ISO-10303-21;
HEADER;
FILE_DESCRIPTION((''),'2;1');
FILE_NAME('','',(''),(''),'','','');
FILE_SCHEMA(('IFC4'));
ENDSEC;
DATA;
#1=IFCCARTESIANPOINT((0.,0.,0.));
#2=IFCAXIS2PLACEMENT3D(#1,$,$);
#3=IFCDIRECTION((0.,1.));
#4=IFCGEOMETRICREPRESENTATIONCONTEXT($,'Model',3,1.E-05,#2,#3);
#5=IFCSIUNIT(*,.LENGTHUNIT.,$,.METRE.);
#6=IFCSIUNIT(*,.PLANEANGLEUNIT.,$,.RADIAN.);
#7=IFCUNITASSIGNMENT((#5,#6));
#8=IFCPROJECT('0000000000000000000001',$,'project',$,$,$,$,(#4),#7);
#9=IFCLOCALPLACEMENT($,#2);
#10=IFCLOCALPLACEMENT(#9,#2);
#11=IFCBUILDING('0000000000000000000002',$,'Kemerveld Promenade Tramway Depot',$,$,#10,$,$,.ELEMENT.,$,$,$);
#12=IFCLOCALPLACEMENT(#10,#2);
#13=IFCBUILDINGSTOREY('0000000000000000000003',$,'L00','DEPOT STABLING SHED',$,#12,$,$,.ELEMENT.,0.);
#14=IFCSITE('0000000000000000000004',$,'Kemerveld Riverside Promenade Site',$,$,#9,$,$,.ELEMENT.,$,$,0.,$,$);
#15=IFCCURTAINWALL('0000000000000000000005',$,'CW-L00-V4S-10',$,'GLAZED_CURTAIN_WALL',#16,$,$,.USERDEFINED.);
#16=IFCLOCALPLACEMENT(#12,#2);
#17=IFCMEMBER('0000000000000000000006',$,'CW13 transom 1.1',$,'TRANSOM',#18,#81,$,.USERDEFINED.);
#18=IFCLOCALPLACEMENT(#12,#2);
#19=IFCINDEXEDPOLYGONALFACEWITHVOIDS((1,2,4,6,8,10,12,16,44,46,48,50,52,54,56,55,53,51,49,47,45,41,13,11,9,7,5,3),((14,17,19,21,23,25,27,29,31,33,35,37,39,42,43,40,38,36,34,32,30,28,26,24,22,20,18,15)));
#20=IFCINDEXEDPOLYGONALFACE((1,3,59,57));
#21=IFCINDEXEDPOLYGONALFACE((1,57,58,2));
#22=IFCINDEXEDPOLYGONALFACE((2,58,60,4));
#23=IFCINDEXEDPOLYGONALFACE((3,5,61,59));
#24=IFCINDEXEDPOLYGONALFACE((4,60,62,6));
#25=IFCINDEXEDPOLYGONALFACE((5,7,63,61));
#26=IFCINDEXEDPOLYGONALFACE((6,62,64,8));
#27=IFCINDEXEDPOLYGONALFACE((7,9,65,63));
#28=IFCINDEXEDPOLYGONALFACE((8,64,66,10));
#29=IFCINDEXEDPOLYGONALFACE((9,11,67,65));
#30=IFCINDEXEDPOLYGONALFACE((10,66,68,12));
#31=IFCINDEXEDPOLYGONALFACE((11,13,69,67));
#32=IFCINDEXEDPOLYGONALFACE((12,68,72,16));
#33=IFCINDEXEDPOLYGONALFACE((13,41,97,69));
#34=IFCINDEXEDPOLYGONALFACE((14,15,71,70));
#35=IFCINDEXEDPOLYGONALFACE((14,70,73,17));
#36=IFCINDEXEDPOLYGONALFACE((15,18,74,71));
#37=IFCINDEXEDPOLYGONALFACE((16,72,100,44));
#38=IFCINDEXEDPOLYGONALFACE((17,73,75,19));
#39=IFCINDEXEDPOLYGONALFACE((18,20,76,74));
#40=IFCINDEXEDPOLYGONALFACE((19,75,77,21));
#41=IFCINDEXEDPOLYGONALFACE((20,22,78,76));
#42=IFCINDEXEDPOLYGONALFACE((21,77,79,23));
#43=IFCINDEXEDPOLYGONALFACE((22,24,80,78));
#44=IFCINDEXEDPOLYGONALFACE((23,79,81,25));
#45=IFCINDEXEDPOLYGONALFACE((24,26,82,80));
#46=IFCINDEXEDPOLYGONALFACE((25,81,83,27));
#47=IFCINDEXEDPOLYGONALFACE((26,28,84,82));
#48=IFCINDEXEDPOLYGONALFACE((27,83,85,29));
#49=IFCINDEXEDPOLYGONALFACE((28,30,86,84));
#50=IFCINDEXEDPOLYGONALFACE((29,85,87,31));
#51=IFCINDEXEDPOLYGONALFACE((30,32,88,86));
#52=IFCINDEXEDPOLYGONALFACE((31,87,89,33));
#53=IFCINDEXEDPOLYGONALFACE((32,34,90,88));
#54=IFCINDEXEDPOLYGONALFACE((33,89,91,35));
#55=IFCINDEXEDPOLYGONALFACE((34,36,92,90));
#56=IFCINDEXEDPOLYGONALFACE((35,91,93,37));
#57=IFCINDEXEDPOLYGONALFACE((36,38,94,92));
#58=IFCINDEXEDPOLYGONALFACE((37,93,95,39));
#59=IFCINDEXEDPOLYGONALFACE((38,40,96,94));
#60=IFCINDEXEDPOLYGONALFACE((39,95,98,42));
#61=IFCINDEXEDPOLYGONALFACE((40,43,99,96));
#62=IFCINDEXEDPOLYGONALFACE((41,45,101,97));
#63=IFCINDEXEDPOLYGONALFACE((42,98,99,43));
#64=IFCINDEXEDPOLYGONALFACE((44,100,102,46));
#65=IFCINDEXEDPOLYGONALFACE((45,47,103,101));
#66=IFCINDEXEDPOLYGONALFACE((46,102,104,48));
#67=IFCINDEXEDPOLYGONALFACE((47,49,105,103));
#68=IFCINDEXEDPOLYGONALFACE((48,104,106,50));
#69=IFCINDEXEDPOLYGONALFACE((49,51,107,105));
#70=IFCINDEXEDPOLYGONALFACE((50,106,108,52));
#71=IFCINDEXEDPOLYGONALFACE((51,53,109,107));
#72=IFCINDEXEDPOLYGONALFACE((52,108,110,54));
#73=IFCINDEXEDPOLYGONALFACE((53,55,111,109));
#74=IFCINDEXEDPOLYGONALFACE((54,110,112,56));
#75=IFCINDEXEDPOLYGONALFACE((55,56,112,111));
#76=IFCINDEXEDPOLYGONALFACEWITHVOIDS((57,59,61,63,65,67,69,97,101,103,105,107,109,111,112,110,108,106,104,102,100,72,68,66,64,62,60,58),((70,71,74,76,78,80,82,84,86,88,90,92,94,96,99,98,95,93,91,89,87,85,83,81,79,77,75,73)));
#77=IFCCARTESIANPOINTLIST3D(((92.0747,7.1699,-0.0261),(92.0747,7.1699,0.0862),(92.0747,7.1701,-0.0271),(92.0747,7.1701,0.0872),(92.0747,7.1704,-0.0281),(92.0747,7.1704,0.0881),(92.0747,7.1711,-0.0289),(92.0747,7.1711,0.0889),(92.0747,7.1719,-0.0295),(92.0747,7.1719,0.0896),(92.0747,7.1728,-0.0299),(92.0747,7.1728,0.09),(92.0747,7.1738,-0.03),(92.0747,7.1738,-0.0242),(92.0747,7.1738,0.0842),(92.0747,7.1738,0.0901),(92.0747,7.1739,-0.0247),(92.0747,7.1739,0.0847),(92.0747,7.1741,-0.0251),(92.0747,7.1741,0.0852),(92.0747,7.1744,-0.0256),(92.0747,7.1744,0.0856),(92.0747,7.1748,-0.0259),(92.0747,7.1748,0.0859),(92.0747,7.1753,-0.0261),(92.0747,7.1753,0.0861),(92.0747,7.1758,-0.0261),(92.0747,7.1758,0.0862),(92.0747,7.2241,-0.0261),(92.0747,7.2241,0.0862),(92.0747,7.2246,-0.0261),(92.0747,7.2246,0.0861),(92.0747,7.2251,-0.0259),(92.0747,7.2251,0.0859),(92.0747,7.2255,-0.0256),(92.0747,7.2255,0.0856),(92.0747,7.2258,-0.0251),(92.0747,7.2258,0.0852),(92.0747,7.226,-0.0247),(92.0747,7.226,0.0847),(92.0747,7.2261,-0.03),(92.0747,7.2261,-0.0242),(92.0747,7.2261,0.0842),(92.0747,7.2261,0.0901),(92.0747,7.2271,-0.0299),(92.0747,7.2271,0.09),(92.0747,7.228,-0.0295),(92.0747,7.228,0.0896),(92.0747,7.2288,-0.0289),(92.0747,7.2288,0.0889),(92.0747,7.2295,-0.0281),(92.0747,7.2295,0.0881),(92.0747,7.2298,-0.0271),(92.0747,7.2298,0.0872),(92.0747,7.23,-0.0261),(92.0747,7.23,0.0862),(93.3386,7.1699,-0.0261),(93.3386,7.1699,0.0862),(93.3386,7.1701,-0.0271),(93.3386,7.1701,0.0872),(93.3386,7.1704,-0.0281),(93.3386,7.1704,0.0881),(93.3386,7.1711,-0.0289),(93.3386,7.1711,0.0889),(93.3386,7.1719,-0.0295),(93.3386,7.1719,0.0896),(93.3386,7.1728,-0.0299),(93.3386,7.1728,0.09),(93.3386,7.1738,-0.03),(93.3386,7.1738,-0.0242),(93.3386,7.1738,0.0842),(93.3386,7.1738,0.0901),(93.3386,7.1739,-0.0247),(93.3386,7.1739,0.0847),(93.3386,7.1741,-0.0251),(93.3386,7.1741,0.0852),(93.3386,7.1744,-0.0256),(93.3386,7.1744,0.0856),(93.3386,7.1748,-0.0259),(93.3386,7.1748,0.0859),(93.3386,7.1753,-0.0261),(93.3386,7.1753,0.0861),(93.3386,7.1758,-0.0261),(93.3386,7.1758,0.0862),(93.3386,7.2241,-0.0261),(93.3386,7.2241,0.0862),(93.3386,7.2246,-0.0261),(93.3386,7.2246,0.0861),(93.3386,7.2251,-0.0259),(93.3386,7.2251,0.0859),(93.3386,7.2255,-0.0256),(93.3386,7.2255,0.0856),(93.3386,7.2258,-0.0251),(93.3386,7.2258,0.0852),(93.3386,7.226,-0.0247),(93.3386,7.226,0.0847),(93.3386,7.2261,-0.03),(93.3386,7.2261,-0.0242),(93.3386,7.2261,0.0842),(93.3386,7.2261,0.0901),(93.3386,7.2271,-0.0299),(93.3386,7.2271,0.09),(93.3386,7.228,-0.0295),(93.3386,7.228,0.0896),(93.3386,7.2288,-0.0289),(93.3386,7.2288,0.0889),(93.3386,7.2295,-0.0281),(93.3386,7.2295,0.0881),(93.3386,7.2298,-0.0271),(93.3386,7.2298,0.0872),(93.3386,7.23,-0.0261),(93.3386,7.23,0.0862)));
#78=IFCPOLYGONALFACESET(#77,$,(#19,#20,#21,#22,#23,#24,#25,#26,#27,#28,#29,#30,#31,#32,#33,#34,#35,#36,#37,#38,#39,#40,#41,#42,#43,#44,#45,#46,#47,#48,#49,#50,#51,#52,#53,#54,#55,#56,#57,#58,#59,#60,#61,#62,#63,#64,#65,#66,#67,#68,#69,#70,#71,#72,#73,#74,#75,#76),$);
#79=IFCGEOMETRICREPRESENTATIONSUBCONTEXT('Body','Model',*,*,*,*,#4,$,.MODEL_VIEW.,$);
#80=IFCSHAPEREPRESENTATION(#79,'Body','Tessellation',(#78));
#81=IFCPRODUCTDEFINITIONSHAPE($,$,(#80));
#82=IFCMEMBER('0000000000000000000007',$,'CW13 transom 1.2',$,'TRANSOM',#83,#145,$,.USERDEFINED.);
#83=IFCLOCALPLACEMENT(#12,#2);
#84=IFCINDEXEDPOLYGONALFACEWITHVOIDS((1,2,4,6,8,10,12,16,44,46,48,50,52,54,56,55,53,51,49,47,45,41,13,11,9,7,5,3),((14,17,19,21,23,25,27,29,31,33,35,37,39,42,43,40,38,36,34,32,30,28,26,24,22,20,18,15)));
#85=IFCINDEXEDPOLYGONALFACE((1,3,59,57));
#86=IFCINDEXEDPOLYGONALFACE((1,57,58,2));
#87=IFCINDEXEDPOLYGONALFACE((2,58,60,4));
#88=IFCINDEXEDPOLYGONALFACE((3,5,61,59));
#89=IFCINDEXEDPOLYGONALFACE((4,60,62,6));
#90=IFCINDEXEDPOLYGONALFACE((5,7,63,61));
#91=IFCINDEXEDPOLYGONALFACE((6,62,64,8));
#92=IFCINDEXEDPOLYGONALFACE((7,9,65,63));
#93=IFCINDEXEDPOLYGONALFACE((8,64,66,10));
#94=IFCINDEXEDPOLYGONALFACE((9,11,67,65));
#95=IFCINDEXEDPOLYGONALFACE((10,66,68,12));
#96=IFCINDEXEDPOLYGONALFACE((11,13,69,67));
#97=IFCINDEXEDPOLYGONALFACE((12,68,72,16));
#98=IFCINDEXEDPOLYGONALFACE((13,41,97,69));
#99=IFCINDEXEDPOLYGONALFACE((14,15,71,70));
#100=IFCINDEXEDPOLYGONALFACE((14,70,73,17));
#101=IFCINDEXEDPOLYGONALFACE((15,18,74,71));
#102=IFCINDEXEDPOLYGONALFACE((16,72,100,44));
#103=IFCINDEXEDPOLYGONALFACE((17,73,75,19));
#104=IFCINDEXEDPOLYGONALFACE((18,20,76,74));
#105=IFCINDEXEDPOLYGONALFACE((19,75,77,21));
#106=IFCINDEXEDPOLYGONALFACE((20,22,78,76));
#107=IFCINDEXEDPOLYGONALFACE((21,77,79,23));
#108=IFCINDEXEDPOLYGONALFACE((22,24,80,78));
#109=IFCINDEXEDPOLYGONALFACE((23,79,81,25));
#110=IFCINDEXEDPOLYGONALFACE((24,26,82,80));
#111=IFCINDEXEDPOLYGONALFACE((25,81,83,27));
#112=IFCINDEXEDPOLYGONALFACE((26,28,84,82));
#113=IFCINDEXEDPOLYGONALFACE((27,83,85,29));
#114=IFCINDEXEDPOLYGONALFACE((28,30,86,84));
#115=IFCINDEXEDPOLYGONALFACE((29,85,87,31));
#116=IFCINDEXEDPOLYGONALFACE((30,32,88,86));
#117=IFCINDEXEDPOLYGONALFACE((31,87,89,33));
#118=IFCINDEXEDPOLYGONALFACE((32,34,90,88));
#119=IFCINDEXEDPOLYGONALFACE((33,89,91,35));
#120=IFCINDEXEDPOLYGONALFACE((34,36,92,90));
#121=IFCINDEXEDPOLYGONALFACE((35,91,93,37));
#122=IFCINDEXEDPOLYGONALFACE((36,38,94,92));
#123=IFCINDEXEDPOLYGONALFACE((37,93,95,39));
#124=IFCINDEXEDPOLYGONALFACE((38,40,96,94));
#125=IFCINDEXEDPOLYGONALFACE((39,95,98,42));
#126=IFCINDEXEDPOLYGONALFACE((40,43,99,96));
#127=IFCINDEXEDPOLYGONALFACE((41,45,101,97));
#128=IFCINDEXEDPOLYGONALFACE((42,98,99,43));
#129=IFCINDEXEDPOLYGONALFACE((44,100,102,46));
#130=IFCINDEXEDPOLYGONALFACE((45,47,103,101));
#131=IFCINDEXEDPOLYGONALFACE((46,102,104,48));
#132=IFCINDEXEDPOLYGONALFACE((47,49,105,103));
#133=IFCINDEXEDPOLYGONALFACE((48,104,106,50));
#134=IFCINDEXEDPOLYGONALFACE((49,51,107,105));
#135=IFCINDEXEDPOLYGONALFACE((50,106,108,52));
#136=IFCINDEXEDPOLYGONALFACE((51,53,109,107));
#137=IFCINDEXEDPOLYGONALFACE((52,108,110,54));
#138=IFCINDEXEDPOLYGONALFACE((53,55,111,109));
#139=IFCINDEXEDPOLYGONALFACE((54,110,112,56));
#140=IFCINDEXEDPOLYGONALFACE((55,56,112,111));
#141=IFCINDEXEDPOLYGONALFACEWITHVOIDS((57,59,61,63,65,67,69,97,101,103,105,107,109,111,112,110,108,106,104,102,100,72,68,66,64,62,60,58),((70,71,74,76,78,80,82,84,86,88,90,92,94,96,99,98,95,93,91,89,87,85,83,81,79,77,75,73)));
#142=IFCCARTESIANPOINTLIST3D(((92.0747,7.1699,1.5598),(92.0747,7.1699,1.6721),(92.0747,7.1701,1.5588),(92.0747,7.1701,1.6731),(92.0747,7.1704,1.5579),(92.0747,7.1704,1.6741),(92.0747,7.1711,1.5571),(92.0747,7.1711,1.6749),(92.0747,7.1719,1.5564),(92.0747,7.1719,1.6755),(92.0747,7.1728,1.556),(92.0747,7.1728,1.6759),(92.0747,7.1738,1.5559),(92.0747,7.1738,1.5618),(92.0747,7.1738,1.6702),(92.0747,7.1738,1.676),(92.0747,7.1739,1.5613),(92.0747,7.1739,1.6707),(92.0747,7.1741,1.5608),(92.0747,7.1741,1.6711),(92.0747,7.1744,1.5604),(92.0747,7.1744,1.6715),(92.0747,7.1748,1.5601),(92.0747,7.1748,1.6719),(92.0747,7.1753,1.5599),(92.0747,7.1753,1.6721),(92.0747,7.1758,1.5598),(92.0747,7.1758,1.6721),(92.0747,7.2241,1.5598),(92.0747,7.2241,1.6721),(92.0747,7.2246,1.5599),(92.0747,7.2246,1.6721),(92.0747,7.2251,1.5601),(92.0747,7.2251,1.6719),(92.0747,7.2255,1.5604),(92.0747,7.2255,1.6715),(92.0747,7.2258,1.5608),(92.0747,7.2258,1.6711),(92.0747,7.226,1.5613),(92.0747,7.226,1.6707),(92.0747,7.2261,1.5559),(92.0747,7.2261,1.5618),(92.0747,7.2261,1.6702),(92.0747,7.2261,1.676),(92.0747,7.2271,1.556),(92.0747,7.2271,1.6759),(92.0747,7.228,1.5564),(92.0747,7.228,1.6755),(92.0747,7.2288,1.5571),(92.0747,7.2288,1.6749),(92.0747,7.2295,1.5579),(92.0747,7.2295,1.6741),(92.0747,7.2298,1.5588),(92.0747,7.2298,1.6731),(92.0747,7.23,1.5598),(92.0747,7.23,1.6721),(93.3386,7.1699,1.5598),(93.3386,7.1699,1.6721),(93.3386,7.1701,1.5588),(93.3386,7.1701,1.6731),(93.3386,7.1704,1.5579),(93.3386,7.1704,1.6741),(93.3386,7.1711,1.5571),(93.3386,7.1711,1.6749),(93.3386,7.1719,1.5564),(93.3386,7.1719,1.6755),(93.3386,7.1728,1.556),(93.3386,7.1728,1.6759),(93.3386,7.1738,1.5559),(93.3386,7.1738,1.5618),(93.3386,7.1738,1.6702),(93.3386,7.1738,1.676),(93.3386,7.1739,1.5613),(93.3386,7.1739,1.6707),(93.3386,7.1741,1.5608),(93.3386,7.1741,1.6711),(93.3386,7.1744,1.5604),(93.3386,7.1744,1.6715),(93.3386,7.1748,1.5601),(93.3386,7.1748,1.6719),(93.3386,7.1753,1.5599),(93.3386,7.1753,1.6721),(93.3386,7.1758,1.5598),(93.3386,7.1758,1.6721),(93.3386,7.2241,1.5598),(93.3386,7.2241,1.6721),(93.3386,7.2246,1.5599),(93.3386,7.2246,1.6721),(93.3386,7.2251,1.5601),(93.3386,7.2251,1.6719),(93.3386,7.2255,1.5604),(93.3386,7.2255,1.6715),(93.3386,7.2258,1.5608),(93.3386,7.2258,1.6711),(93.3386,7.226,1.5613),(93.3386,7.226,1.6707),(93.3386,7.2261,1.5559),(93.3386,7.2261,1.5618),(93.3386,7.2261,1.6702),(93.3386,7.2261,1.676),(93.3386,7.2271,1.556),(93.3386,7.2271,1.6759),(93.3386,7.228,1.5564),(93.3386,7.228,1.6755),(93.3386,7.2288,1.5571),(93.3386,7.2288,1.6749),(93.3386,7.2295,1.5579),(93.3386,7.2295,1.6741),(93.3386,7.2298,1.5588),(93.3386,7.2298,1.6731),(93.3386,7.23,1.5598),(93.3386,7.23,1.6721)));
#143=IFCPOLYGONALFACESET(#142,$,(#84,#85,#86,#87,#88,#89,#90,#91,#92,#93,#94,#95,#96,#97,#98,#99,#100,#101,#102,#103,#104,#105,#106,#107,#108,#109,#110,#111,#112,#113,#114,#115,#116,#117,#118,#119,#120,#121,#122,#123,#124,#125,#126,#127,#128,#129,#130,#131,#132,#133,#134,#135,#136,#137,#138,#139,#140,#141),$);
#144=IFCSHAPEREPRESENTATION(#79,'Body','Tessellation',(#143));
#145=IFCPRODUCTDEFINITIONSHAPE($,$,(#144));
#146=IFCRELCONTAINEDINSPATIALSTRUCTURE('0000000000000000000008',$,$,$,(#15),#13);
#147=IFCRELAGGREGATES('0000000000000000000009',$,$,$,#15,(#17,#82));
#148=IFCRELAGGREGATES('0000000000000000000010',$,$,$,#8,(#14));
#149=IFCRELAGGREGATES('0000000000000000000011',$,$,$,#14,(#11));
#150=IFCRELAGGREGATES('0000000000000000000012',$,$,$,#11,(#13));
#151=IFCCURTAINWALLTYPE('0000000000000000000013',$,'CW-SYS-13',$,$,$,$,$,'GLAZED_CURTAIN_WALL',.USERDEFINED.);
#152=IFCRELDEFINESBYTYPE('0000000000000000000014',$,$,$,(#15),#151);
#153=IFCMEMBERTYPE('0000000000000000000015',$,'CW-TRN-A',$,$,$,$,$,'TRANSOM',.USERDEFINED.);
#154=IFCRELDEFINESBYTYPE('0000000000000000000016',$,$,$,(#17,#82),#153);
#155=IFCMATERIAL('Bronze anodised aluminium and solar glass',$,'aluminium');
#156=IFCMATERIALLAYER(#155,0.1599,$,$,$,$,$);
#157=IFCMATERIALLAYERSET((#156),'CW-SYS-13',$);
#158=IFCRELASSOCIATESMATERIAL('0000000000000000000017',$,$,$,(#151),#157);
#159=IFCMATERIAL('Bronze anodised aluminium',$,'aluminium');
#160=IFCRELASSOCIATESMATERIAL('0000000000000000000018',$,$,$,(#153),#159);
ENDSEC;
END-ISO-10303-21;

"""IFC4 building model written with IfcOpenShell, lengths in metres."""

from ifc_helpers import new_model, si_unit, direction, frame, origin, origin_2d, place, context, subcontext, project, spatial, hollow_rectangle, extrude, material, layer, layer_set, material_profile, profile_set, type_object, element, aggregate, save


model = new_model("IFC4")

# Units and contexts
model_context = context("Model", 3, precision=1e-05, world=origin(), true_north=direction((0.0, 1.0)))
body_context = subcontext(model_context, "Body", "Model", "MODEL_VIEW")
ifc_project = project(units=[si_unit("LENGTHUNIT", "METRE"), si_unit("PLANEANGLEUNIT", "RADIAN")], contexts=[model_context])

# Site, building, storey
site_placement = place(None, origin())
site = spatial("IfcSite", under=ifc_project, at=site_placement, Name="Kemerveld Riverside Promenade Site", CompositionType="ELEMENT", RefElevation=0.0)
building_placement = place(site_placement, origin())
building = spatial("IfcBuilding", under=site, at=building_placement, Name="Kemerveld Promenade Tramway Depot", CompositionType="ELEMENT")
storey_placement = place(building_placement, origin())
storey = spatial("IfcBuildingStorey", under=building, at=storey_placement, Name="L00", Description="DEPOT STABLING SHED", CompositionType="ELEMENT", Elevation=0.0)

# Curtain wall, members
ifc_material_1 = material(Name="Bronze anodised aluminium and solar glass", Category="aluminium")
ifc_layer_1 = layer(ifc_material_1, 0.1599)
ifc_layer_set_1 = layer_set([ifc_layer_1], Name="CW-SYS-13")
curtain_wall_type = type_object("IfcCurtainWallType", Name="CW-SYS-13", ElementType="GLAZED_CURTAIN_WALL", PredefinedType="USERDEFINED", material=ifc_layer_set_1)
curtain_wall_placement = place(storey_placement, origin())
curtain_wall = element("IfcCurtainWall", 1, at=curtain_wall_placement, inside=storey, type_object=curtain_wall_type, Name="CW-L00-V4S-10", ObjectType="GLAZED_CURTAIN_WALL", PredefinedType="USERDEFINED")
ifc_material_2 = material(Name="Bronze anodised aluminium", Category="aluminium")
ifc_material_profile_1 = material_profile(ifc_material_2, hollow_rectangle(XDim=0.0601, YDim=0.1201, WallThickness=0.0039, InnerFilletRadius=0.002, OuterFilletRadius=0.0039, at=origin_2d()), Name="CW-TRN-120x60")
ifc_profile_set_1 = profile_set([ifc_material_profile_1], Name="Bronze anodised aluminium")
member_type_1 = type_object("IfcMemberType", Name="CW-TRN-A", ElementType="TRANSOM", PredefinedType="USERDEFINED", material=ifc_profile_set_1)
member_1_placement = place(storey_placement, frame((93.3386, 7.2, 0.03), z_axis=(-1.0, 0.0, 0.0), x_axis=(0.0, -1.0, 0.0)))
member_1 = element("IfcMember", 2, at=member_1_placement, type_object=member_type_1, Name="CW13 transom 1.1", ObjectType="TRANSOM", PredefinedType="USERDEFINED", context=body_context, shape_type="SweptSolid", body=[
    extrude(hollow_rectangle(XDim=0.0601, YDim=0.1201, WallThickness=0.0039, InnerFilletRadius=0.002, OuterFilletRadius=0.0039, at=origin_2d()), origin(), (0.0, 0.0, 1.0), 1.2639),
])
member_2_placement = place(storey_placement, frame((93.3386, 7.2, 1.616), z_axis=(-1.0, 0.0, 0.0), x_axis=(0.0, -1.0, 0.0)))
member_2 = element("IfcMember", 3, at=member_2_placement, type_object=member_type_1, Name="CW13 transom 1.2", ObjectType="TRANSOM", PredefinedType="USERDEFINED", context=body_context, shape_type="SweptSolid", body=[
    extrude(hollow_rectangle(XDim=0.0601, YDim=0.1201, WallThickness=0.0039, InnerFilletRadius=0.002, OuterFilletRadius=0.0039, at=origin_2d()), origin(), (0.0, 0.0, 1.0), 1.2639),
])
aggregate(curtain_wall, [member_1, member_2])

save(model, "model.ifc")
